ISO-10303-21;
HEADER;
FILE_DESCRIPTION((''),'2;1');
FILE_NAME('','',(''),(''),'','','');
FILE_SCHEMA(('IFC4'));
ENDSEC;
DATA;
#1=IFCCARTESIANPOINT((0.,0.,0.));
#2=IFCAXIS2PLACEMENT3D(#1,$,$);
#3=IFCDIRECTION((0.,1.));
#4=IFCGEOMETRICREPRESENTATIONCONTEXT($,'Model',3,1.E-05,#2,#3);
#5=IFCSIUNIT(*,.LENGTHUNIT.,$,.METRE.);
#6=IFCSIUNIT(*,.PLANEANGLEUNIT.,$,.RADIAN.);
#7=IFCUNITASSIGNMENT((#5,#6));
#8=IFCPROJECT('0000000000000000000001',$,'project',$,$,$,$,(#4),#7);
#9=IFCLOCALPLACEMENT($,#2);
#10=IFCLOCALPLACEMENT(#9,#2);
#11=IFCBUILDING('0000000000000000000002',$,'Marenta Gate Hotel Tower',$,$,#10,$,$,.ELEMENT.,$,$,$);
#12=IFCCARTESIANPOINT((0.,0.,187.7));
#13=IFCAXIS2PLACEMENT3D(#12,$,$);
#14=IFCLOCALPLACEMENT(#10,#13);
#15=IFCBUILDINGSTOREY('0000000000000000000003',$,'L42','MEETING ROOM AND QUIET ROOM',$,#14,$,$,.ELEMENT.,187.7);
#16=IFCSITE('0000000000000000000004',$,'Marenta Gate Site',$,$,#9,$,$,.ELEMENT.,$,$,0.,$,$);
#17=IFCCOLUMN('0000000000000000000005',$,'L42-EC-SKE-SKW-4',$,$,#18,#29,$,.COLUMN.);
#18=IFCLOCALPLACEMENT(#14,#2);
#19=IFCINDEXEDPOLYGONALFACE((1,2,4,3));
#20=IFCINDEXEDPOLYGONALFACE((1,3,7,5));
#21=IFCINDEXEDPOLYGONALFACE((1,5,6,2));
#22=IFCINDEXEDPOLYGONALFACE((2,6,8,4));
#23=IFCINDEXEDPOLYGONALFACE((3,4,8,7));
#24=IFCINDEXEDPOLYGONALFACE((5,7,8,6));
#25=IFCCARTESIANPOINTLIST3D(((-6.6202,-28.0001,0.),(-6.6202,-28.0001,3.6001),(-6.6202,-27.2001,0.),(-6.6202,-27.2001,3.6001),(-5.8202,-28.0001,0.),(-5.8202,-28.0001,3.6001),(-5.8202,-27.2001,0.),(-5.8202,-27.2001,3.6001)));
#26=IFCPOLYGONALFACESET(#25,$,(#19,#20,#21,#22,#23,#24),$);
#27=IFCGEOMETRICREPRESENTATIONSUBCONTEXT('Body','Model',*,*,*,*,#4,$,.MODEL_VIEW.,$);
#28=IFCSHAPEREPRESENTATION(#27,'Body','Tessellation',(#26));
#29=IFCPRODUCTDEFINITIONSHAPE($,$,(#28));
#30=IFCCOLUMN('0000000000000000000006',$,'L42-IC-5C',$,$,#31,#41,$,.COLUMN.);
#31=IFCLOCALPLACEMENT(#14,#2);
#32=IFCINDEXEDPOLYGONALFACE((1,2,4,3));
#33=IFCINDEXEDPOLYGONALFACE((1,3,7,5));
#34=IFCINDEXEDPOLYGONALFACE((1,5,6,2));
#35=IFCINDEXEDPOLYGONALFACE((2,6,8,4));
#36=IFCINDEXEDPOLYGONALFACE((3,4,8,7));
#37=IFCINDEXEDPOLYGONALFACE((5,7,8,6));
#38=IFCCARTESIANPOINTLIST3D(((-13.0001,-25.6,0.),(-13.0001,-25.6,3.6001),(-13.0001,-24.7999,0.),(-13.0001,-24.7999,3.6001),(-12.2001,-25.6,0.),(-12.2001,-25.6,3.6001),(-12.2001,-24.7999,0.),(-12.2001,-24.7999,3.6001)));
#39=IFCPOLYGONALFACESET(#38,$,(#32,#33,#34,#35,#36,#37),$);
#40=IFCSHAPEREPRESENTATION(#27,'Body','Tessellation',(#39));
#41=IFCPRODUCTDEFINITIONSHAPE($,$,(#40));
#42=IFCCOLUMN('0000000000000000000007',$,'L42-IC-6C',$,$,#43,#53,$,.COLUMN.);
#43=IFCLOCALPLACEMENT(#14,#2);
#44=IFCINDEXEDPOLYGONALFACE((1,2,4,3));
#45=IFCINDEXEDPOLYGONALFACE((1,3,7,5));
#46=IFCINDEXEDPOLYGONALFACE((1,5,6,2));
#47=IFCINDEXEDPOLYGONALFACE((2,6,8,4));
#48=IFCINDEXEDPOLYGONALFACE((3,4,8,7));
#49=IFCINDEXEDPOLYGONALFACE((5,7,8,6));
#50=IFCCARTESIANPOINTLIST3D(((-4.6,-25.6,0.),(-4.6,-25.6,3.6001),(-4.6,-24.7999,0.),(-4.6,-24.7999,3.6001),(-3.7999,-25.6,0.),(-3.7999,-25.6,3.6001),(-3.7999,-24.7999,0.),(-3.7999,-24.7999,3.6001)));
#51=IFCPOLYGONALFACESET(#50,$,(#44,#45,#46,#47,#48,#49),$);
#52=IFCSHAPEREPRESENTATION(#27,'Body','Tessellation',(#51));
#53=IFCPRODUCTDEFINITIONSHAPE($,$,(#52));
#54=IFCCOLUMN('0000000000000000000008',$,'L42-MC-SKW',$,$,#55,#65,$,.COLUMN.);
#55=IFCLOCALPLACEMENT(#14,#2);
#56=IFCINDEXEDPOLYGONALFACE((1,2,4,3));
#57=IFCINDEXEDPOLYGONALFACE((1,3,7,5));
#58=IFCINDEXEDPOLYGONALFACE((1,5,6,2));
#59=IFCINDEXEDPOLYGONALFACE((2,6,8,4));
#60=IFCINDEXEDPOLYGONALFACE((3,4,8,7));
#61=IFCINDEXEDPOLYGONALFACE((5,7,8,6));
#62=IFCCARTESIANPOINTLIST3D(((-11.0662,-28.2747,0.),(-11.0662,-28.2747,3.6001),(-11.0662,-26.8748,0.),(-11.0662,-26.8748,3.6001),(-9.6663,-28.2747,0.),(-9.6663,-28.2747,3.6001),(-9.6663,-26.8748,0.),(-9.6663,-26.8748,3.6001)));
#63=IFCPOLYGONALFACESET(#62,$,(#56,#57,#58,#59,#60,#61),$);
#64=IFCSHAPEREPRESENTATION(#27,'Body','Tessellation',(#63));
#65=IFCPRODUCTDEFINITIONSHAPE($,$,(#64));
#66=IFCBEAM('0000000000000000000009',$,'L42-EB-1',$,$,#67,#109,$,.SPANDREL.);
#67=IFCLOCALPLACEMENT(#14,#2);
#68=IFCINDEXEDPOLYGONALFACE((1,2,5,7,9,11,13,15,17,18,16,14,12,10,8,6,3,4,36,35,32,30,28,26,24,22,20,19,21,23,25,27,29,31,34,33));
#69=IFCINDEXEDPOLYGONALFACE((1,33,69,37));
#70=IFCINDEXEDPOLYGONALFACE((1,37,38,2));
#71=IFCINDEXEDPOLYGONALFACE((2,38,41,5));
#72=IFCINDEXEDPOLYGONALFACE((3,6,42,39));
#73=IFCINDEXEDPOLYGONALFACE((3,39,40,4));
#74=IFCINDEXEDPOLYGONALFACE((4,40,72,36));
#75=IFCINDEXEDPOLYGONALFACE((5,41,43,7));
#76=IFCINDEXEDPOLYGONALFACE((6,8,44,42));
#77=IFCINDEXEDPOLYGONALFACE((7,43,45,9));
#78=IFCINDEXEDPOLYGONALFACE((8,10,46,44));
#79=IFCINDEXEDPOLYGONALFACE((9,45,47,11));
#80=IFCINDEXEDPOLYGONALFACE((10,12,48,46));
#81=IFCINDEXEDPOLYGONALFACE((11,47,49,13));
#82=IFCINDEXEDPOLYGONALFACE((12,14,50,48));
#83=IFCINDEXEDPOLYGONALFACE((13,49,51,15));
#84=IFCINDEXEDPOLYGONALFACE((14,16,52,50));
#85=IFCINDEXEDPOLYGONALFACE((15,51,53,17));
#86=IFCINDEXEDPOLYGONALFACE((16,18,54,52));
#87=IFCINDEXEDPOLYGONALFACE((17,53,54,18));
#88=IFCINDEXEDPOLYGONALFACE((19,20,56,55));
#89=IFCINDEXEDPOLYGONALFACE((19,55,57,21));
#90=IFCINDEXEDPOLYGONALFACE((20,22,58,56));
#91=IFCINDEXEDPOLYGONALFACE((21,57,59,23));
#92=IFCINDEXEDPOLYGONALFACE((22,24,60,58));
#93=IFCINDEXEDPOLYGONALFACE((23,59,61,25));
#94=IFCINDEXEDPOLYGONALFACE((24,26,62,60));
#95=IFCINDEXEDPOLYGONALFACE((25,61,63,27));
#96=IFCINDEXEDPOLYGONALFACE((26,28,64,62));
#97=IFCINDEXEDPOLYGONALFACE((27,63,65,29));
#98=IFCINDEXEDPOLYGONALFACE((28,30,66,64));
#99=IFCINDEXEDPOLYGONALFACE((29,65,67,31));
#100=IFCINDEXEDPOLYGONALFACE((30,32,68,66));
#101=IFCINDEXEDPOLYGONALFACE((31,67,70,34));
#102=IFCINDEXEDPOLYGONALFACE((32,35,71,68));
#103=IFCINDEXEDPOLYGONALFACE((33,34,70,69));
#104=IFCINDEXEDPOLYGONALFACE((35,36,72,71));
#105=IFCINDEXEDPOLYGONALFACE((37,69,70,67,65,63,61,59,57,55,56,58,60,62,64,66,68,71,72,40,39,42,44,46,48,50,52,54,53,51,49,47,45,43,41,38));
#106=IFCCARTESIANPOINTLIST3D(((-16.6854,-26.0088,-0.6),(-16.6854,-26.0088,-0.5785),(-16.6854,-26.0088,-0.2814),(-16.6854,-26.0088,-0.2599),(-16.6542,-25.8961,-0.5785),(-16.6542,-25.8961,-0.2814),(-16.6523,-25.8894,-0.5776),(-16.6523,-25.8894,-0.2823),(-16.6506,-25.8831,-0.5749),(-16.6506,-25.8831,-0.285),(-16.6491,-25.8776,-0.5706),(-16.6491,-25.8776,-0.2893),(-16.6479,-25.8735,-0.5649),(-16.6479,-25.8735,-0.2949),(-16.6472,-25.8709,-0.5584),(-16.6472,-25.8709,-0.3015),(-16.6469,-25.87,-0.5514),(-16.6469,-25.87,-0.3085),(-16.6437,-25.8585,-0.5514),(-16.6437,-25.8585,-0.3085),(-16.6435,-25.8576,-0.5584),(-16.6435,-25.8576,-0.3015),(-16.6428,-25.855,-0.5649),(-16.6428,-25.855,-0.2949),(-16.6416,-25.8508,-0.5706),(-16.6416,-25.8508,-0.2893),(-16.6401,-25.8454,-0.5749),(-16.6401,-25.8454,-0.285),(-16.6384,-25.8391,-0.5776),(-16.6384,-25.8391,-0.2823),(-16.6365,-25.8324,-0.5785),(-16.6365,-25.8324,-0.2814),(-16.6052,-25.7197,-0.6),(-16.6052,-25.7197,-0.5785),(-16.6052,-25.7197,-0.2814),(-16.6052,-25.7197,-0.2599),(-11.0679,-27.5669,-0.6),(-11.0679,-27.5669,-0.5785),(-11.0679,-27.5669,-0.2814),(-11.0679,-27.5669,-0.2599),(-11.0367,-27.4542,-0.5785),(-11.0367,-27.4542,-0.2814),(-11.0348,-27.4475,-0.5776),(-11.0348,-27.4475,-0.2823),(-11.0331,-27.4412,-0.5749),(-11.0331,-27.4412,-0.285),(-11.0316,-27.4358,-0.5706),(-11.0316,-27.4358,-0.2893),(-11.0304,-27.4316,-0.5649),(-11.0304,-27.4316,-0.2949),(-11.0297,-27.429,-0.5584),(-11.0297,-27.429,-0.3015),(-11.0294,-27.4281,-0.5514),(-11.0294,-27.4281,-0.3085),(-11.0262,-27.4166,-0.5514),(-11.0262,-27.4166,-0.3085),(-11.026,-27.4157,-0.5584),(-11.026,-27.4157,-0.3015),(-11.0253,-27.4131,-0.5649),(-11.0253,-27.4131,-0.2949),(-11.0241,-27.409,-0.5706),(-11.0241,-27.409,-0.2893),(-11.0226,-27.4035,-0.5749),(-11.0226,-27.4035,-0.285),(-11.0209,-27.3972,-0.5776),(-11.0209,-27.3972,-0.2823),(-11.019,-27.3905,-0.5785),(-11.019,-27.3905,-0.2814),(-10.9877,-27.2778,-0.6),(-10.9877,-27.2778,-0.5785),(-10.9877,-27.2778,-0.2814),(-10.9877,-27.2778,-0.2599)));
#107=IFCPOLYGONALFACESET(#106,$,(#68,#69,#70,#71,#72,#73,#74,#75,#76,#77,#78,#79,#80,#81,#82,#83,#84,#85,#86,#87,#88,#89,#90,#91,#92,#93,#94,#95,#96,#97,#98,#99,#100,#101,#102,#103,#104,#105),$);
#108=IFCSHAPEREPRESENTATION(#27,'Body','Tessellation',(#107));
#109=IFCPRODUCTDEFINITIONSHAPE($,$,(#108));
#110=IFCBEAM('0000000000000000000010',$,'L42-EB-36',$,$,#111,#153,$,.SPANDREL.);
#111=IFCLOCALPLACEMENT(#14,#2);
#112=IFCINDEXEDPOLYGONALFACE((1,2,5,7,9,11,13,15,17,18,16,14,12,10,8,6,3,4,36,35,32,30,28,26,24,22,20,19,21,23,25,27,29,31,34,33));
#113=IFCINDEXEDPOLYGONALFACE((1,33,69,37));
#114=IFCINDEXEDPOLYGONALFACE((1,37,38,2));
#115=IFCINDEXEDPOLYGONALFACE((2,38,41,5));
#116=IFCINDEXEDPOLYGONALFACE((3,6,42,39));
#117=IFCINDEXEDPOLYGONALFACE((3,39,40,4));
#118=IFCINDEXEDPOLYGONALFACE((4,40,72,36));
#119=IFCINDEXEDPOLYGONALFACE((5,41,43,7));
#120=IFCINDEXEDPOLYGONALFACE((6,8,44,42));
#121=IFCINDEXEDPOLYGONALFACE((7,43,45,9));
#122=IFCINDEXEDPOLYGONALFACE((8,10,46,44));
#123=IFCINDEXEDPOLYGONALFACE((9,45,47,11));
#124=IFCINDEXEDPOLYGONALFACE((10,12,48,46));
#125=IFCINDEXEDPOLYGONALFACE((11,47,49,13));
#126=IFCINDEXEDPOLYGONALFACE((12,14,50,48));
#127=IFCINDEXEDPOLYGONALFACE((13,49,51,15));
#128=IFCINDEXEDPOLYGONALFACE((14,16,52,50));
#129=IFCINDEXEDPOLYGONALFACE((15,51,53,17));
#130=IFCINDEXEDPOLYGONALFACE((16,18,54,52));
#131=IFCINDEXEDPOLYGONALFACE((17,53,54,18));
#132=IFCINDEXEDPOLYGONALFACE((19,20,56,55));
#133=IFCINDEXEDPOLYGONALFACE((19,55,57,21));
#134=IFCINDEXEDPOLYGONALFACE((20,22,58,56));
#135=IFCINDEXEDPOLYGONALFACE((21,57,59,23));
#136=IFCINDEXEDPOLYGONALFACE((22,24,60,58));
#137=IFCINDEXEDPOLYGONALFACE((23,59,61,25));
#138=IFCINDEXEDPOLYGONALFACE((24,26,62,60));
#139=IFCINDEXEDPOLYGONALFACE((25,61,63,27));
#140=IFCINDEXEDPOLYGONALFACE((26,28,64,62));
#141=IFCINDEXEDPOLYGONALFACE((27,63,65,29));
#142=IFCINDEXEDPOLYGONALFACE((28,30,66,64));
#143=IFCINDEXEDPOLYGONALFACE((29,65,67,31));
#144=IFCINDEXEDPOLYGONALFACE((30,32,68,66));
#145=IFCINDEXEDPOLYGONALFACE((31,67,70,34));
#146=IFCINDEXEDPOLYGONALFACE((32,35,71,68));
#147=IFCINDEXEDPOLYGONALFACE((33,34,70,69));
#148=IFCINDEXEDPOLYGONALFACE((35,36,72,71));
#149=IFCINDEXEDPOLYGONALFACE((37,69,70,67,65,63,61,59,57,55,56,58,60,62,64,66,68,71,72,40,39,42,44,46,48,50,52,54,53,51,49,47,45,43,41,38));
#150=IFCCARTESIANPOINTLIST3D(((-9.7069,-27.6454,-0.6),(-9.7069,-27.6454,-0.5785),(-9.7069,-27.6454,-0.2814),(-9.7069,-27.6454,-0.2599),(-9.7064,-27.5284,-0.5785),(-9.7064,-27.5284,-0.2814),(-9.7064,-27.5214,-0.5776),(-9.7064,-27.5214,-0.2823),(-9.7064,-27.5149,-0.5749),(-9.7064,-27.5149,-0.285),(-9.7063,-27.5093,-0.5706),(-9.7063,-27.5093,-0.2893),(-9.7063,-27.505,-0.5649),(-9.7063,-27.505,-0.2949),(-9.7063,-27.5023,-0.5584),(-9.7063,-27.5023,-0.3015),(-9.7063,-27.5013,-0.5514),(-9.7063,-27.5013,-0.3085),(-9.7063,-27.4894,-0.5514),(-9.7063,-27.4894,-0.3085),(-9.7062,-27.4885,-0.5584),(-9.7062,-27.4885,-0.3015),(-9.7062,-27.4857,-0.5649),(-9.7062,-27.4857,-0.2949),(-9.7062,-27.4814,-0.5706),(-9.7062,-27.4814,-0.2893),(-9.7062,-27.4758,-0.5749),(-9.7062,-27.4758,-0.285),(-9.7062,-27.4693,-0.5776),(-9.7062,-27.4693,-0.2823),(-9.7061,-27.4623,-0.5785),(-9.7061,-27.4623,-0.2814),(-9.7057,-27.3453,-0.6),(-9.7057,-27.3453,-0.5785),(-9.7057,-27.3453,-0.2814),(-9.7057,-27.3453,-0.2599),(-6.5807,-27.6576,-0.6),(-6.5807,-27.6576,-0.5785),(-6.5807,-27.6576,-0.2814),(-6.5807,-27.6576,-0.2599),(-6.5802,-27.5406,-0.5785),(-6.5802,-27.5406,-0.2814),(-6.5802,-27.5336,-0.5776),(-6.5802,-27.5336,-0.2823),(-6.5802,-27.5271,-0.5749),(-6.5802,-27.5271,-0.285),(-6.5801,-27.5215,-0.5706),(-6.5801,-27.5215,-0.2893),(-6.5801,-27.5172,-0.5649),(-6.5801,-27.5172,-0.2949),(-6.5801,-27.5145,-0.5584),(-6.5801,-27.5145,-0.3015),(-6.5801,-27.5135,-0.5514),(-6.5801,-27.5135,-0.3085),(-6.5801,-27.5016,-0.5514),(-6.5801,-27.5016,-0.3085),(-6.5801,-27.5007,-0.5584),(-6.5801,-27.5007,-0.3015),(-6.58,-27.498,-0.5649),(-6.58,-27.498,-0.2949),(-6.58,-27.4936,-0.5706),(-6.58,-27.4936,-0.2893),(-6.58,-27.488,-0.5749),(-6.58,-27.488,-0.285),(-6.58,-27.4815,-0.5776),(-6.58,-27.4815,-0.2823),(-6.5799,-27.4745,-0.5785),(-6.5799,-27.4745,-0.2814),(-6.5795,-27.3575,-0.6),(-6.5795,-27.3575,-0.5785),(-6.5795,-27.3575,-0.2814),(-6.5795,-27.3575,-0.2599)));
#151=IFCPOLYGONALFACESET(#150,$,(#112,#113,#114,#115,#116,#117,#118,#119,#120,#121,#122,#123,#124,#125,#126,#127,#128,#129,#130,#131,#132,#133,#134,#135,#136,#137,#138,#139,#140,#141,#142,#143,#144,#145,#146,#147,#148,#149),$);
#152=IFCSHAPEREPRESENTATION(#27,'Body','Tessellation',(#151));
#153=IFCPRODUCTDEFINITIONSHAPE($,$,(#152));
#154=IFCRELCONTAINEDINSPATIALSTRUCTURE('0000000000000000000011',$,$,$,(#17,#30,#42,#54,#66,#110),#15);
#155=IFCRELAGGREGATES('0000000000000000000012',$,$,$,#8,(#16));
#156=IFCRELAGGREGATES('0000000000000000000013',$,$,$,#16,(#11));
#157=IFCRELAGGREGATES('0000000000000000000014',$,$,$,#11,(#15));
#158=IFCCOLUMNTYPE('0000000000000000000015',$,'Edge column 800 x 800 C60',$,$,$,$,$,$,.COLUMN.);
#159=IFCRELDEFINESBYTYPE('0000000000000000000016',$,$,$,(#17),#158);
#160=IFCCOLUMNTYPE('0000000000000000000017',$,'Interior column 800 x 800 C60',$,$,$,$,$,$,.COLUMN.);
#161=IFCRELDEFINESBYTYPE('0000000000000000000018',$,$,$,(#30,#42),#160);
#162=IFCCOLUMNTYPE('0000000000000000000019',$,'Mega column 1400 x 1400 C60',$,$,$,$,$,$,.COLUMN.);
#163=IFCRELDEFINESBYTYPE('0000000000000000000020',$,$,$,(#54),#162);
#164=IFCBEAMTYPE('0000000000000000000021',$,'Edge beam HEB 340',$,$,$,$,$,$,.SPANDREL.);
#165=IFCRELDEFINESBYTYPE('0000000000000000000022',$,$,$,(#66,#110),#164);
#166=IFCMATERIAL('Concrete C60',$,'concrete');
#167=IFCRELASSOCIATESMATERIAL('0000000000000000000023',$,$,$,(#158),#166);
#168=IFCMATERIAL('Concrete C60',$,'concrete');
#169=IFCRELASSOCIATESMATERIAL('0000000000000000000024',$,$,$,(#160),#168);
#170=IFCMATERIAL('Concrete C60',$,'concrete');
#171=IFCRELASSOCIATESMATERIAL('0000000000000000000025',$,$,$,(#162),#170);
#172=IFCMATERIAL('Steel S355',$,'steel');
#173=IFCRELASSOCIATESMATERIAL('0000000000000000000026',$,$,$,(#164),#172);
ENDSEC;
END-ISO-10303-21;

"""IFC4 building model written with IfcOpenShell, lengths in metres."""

from ifc_helpers import new_model, si_unit, direction, frame, origin, origin_2d, place, context, subcontext, project, spatial, rectangle, i_section, extrude, material, material_profile, profile_set, type_object, element, save


model = new_model("IFC4")

# Units and contexts
model_context = context("Model", 3, precision=1e-05, world=origin(), true_north=direction((0.0, 1.0)))
body_context = subcontext(model_context, "Body", "Model", "MODEL_VIEW")
ifc_project = project(units=[si_unit("LENGTHUNIT", "METRE"), si_unit("PLANEANGLEUNIT", "RADIAN")], contexts=[model_context])

# Site, building, storey
site_placement = place(None, origin())
site = spatial("IfcSite", under=ifc_project, at=site_placement, Name="Marenta Gate Site", CompositionType="ELEMENT", RefElevation=0.0)
building_placement = place(site_placement, origin())
building = spatial("IfcBuilding", under=site, at=building_placement, Name="Marenta Gate Hotel Tower", CompositionType="ELEMENT")
storey_placement = place(building_placement, frame((0.0, 0.0, 187.7)))
storey = spatial("IfcBuildingStorey", under=building, at=storey_placement, Name="L42", Description="MEETING ROOM AND QUIET ROOM", CompositionType="ELEMENT", Elevation=187.7)

# Columns
ifc_material_1 = material(Name="Concrete C60", Category="concrete")
ifc_material_profile_1 = material_profile(ifc_material_1, rectangle(XDim=0.8, YDim=0.8, at=origin_2d()), Name="800 x 800")
ifc_profile_set_1 = profile_set([ifc_material_profile_1], Name="Concrete C60")
column_type_1 = type_object("IfcColumnType", Name="Edge column 800 x 800 C60", PredefinedType="COLUMN", material=ifc_profile_set_1)
column_1_placement = place(storey_placement, frame((-6.2202, -27.6001, 0.0), z_axis=(0.0, 0.0, 1.0), x_axis=(1.0, 0.0, 0.0)))
element("IfcColumn", 1, at=column_1_placement, inside=storey, type_object=column_type_1, Name="L42-EC-SKE-SKW-4", PredefinedType="COLUMN", context=body_context, shape_type="SweptSolid", body=[
    extrude(rectangle(XDim=0.8, YDim=0.8, at=origin_2d()), origin(), (0.0, 0.0, 1.0), 3.6001),
])
ifc_material_2 = material(Name="Concrete C60", Category="concrete")
ifc_material_profile_2 = material_profile(ifc_material_2, rectangle(XDim=0.8, YDim=0.8, at=origin_2d()), Name="800 x 800")
ifc_profile_set_2 = profile_set([ifc_material_profile_2], Name="Concrete C60")
column_type_2 = type_object("IfcColumnType", Name="Interior column 800 x 800 C60", PredefinedType="COLUMN", material=ifc_profile_set_2)
for number, where, z_axis, x_axis, name in (
    (2, (-12.6001, -25.2, 0.0), (0.0, 0.0, 1.0), (1.0, 0.0, 0.0), "L42-IC-5C"),
    (3, (-4.2, -25.2, 0.0), (0.0, 0.0, 1.0), (1.0, 0.0, 0.0), "L42-IC-6C"),
):
    element("IfcColumn", number, at=place(storey_placement, frame(where, z_axis=z_axis, x_axis=x_axis)), inside=storey, type_object=column_type_2, Name=name, PredefinedType="COLUMN", context=body_context, shape_type="SweptSolid", body=[
        extrude(rectangle(XDim=0.8, YDim=0.8, at=origin_2d()), origin(), (0.0, 0.0, 1.0), 3.6001),
    ])
ifc_material_3 = material(Name="Concrete C60", Category="concrete")
ifc_material_profile_3 = material_profile(ifc_material_3, rectangle(XDim=1.3999, YDim=1.3999, at=origin_2d()), Name="1400 x 1400")
ifc_profile_set_3 = profile_set([ifc_material_profile_3], Name="Concrete C60")
column_type_3 = type_object("IfcColumnType", Name="Mega column 1400 x 1400 C60", PredefinedType="COLUMN", material=ifc_profile_set_3)
column_2_placement = place(storey_placement, frame((-10.3662, -27.5747, 0.0), z_axis=(0.0, 0.0, 1.0), x_axis=(1.0, 0.0, 0.0)))
element("IfcColumn", 4, at=column_2_placement, inside=storey, type_object=column_type_3, Name="L42-MC-SKW", PredefinedType="COLUMN", context=body_context, shape_type="SweptSolid", body=[
    extrude(rectangle(XDim=1.3999, YDim=1.3999, at=origin_2d()), origin(), (0.0, 0.0, 1.0), 3.6001),
])

# Beams
ifc_material_4 = material(Name="Steel S355", Category="steel")
ifc_material_profile_4 = material_profile(ifc_material_4, i_section(OverallWidth=0.3, OverallDepth=0.3401, WebThickness=0.012, FlangeThickness=0.0215, FilletRadius=0.0271, at=origin_2d()), Name="HEB 340")
ifc_profile_set_4 = profile_set([ifc_material_profile_4], Name="Steel S355")
beam_type_1 = type_object("IfcBeamType", Name="Edge beam HEB 340", PredefinedType="SPANDREL", material=ifc_profile_set_4)
beam_1_placement = place(storey_placement, frame((-11.0278, -27.4224, -0.4299), z_axis=(-0.963619, 0.267279, 0.0), x_axis=(-0.267279, -0.963619, 0.0)))
element("IfcBeam", 5, at=beam_1_placement, inside=storey, type_object=beam_type_1, Name="L42-EB-1", PredefinedType="SPANDREL", context=body_context, shape_type="SweptSolid", body=[
    extrude(i_section(OverallWidth=0.3, OverallDepth=0.3401, WebThickness=0.012, FlangeThickness=0.0215, FilletRadius=0.0271, at=origin_2d()), origin(), (0.0, 0.0, 1.0), 5.8296),
])
beam_2_placement = place(storey_placement, frame((-6.5801, -27.5076, -0.4299), z_axis=(-0.999992, 0.003905, 0.0), x_axis=(-0.003905, -0.999992, 0.0)))
element("IfcBeam", 6, at=beam_2_placement, inside=storey, type_object=beam_type_1, Name="L42-EB-36", PredefinedType="SPANDREL", context=body_context, shape_type="SweptSolid", body=[
    extrude(i_section(OverallWidth=0.3, OverallDepth=0.3401, WebThickness=0.012, FlangeThickness=0.0215, FilletRadius=0.0271, at=origin_2d()), origin(), (0.0, 0.0, 1.0), 3.1262),
])

save(model, "model.ifc")
